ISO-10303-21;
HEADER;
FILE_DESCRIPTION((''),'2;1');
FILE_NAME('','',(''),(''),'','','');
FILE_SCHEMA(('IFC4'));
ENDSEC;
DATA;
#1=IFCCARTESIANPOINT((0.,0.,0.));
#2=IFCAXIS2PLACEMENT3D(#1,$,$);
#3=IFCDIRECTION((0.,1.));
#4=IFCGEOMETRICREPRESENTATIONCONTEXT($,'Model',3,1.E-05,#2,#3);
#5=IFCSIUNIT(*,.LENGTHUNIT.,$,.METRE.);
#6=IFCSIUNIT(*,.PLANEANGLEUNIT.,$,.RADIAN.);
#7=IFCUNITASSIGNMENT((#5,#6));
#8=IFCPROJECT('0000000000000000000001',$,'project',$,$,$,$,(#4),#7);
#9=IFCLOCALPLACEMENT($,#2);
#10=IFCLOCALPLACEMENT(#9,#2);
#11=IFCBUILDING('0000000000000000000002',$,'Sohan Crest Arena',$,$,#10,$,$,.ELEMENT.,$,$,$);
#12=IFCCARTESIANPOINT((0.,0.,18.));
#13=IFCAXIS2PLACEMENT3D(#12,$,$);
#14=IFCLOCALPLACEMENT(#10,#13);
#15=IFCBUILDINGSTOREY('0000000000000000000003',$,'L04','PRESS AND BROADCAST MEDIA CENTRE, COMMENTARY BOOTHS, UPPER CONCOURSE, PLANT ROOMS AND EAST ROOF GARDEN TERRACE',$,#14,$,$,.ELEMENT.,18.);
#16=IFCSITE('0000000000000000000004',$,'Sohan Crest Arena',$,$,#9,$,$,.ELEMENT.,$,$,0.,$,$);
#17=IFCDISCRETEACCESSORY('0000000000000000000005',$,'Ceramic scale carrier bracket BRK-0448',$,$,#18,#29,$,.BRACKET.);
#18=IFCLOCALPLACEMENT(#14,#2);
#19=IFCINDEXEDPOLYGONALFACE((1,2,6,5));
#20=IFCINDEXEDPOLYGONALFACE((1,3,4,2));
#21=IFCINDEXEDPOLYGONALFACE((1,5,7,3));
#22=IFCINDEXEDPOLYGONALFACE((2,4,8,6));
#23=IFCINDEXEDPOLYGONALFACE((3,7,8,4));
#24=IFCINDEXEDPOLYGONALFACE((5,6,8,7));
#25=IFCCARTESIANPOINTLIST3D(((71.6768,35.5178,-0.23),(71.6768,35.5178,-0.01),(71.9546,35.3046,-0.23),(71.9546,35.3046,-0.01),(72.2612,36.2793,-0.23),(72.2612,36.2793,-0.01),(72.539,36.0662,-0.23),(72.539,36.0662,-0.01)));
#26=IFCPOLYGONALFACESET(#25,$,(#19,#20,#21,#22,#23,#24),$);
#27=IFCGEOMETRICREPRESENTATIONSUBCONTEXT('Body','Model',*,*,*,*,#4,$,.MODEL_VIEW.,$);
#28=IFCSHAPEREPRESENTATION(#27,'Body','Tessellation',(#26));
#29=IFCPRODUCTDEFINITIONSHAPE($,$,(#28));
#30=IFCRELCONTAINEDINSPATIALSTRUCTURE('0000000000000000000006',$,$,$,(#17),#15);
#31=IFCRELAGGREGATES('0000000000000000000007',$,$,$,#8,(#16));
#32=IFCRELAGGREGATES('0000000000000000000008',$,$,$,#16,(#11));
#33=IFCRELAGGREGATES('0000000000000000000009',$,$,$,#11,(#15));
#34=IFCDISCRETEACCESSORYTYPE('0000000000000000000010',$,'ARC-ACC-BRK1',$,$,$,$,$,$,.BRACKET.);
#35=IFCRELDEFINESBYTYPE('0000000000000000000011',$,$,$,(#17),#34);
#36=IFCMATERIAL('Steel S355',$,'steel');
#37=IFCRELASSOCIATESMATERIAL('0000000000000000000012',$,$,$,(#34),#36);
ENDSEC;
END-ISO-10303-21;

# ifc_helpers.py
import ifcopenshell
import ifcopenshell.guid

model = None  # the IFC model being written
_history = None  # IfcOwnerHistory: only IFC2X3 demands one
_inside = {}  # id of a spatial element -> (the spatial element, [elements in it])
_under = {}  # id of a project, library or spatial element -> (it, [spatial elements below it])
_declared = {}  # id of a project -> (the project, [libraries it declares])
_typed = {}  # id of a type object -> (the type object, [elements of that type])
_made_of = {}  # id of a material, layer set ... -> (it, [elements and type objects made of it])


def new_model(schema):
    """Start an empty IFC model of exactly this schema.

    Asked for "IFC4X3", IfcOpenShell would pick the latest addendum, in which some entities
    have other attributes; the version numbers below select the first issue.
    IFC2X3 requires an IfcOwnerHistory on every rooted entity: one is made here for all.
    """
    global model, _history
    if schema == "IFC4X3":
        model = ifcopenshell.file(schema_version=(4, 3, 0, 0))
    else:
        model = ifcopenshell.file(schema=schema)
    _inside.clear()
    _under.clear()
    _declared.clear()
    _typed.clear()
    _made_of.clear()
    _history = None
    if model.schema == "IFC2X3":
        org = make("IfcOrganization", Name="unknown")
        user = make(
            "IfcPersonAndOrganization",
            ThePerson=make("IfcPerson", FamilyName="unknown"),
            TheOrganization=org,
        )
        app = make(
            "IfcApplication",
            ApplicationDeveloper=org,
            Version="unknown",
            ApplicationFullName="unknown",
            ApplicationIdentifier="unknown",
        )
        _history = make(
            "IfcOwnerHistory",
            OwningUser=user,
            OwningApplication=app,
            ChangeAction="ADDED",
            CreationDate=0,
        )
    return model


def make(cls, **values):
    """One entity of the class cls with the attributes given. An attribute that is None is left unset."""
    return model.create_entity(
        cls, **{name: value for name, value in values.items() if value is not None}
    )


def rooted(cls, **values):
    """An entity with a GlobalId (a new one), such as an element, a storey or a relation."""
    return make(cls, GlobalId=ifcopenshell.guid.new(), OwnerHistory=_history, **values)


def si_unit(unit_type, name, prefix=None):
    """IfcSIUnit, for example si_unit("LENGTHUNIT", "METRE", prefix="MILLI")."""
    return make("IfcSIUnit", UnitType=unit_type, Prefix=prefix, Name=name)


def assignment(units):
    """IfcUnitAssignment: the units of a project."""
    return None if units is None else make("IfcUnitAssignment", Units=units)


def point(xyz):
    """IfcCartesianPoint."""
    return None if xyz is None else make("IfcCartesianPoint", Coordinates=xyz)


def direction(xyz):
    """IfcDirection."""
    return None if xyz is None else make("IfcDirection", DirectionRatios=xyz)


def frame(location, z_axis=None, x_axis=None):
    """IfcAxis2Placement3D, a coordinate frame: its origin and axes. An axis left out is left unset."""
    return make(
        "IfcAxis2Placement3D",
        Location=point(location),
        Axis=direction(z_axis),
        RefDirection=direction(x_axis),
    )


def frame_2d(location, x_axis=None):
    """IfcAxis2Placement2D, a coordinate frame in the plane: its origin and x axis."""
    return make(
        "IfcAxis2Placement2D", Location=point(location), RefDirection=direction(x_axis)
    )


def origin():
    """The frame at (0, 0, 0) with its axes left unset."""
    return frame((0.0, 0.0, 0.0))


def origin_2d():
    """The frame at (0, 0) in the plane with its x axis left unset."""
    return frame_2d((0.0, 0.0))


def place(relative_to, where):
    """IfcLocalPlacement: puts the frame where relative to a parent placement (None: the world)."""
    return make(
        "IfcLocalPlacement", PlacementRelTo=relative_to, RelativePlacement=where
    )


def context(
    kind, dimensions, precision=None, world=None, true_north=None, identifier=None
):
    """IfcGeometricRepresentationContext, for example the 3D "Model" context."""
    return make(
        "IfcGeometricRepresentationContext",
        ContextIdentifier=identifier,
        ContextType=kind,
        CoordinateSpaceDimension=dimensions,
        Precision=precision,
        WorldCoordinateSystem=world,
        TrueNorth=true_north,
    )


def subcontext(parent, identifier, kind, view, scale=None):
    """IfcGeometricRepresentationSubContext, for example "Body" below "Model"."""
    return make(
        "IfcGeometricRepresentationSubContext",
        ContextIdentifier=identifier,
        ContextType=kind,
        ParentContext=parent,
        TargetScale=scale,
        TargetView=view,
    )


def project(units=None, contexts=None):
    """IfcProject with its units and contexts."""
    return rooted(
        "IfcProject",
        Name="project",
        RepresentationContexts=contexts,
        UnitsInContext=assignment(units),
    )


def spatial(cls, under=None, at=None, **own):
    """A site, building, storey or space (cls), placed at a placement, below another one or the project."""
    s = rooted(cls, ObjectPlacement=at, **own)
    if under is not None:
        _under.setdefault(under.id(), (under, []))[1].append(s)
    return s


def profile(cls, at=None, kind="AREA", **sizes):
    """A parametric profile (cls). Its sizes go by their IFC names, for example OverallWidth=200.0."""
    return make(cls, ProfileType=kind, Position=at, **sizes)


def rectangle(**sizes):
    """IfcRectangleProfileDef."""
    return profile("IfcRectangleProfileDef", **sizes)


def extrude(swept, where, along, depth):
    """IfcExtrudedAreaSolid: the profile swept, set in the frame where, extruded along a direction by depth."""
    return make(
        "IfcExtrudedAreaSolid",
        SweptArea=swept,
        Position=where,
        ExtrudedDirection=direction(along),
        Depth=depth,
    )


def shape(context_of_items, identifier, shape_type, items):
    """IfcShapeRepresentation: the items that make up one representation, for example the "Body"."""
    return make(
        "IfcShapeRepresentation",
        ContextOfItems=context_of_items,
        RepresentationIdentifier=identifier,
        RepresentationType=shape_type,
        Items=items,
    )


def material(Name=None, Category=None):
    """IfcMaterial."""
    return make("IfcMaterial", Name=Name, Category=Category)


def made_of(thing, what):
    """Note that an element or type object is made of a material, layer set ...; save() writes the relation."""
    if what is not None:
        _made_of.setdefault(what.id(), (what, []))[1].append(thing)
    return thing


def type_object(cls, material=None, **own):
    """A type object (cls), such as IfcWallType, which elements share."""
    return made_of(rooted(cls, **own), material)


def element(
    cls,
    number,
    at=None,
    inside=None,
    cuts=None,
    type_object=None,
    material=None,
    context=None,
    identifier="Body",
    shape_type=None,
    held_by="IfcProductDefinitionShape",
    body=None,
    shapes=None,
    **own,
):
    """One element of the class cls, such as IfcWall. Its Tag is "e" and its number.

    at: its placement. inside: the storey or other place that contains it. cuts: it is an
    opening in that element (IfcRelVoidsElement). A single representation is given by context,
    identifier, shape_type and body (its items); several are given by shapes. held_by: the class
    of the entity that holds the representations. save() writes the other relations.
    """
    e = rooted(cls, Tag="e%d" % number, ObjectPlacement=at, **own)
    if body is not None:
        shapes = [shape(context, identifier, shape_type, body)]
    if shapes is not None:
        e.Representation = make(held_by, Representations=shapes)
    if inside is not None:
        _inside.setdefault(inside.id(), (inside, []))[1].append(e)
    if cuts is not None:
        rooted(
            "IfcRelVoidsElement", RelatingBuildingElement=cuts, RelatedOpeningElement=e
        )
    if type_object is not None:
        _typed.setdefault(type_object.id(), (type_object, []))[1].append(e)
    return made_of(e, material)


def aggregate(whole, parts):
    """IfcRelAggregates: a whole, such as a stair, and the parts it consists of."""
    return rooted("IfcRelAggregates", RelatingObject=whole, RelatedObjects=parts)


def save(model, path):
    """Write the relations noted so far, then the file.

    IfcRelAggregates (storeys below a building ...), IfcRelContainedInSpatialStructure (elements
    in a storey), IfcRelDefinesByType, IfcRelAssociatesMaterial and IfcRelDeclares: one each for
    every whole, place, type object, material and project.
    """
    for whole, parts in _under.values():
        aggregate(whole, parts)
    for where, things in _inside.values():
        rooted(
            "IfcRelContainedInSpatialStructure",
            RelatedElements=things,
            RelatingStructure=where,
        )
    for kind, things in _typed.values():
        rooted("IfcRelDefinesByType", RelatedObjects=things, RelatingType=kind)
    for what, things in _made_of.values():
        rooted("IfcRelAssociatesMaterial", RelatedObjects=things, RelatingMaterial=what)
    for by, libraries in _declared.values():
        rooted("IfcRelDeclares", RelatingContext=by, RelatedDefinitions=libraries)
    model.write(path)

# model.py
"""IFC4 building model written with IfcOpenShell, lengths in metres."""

from ifc_helpers import new_model, si_unit, direction, frame, origin, origin_2d, place, context, subcontext, project, spatial, rectangle, extrude, material, type_object, element, save


model = new_model("IFC4")

# Units and contexts
model_context = context("Model", 3, precision=1e-05, world=origin(), true_north=direction((0.0, 1.0)))
body_context = subcontext(model_context, "Body", "Model", "MODEL_VIEW")
ifc_project = project(units=[si_unit("LENGTHUNIT", "METRE"), si_unit("PLANEANGLEUNIT", "RADIAN")], contexts=[model_context])

# Site, building, storey
site_placement = place(None, origin())
site = spatial("IfcSite", under=ifc_project, at=site_placement, Name="Sohan Crest Arena", CompositionType="ELEMENT", RefElevation=0.0)
building_placement = place(site_placement, origin())
building = spatial("IfcBuilding", under=site, at=building_placement, Name="Sohan Crest Arena", CompositionType="ELEMENT")
storey_placement = place(building_placement, frame((0.0, 0.0, 18.0)))
storey = spatial("IfcBuildingStorey", under=building, at=storey_placement, Name="L04", Description="PRESS AND BROADCAST MEDIA CENTRE, COMMENTARY BOOTHS, UPPER CONCOURSE, PLANT ROOMS AND EAST ROOF GARDEN TERRACE", CompositionType="ELEMENT", Elevation=18.0)

# Shared definitions
ifc_material_1 = material(Name="Steel S355", Category="steel")

# Discrete accessory
discrete_accessory_type = type_object("IfcDiscreteAccessoryType", Name="ARC-ACC-BRK1", PredefinedType="BRACKET", material=ifc_material_1)
discrete_accessory_placement = place(storey_placement, frame((72.1079, 35.792, -0.23), z_axis=(0.0, 0.0, 1.0), x_axis=(0.793353, -0.608761, 0.0)))
element("IfcDiscreteAccessory", 1, at=discrete_accessory_placement, inside=storey, type_object=discrete_accessory_type, Name="Ceramic scale carrier bracket BRK-0448", PredefinedType="BRACKET", context=body_context, shape_type="SweptSolid", body=[
    extrude(rectangle(XDim=0.3501, YDim=0.96, at=origin_2d()), origin(), (0.0, 0.0, 1.0), 0.22),
])

save(model, "model.ifc")
